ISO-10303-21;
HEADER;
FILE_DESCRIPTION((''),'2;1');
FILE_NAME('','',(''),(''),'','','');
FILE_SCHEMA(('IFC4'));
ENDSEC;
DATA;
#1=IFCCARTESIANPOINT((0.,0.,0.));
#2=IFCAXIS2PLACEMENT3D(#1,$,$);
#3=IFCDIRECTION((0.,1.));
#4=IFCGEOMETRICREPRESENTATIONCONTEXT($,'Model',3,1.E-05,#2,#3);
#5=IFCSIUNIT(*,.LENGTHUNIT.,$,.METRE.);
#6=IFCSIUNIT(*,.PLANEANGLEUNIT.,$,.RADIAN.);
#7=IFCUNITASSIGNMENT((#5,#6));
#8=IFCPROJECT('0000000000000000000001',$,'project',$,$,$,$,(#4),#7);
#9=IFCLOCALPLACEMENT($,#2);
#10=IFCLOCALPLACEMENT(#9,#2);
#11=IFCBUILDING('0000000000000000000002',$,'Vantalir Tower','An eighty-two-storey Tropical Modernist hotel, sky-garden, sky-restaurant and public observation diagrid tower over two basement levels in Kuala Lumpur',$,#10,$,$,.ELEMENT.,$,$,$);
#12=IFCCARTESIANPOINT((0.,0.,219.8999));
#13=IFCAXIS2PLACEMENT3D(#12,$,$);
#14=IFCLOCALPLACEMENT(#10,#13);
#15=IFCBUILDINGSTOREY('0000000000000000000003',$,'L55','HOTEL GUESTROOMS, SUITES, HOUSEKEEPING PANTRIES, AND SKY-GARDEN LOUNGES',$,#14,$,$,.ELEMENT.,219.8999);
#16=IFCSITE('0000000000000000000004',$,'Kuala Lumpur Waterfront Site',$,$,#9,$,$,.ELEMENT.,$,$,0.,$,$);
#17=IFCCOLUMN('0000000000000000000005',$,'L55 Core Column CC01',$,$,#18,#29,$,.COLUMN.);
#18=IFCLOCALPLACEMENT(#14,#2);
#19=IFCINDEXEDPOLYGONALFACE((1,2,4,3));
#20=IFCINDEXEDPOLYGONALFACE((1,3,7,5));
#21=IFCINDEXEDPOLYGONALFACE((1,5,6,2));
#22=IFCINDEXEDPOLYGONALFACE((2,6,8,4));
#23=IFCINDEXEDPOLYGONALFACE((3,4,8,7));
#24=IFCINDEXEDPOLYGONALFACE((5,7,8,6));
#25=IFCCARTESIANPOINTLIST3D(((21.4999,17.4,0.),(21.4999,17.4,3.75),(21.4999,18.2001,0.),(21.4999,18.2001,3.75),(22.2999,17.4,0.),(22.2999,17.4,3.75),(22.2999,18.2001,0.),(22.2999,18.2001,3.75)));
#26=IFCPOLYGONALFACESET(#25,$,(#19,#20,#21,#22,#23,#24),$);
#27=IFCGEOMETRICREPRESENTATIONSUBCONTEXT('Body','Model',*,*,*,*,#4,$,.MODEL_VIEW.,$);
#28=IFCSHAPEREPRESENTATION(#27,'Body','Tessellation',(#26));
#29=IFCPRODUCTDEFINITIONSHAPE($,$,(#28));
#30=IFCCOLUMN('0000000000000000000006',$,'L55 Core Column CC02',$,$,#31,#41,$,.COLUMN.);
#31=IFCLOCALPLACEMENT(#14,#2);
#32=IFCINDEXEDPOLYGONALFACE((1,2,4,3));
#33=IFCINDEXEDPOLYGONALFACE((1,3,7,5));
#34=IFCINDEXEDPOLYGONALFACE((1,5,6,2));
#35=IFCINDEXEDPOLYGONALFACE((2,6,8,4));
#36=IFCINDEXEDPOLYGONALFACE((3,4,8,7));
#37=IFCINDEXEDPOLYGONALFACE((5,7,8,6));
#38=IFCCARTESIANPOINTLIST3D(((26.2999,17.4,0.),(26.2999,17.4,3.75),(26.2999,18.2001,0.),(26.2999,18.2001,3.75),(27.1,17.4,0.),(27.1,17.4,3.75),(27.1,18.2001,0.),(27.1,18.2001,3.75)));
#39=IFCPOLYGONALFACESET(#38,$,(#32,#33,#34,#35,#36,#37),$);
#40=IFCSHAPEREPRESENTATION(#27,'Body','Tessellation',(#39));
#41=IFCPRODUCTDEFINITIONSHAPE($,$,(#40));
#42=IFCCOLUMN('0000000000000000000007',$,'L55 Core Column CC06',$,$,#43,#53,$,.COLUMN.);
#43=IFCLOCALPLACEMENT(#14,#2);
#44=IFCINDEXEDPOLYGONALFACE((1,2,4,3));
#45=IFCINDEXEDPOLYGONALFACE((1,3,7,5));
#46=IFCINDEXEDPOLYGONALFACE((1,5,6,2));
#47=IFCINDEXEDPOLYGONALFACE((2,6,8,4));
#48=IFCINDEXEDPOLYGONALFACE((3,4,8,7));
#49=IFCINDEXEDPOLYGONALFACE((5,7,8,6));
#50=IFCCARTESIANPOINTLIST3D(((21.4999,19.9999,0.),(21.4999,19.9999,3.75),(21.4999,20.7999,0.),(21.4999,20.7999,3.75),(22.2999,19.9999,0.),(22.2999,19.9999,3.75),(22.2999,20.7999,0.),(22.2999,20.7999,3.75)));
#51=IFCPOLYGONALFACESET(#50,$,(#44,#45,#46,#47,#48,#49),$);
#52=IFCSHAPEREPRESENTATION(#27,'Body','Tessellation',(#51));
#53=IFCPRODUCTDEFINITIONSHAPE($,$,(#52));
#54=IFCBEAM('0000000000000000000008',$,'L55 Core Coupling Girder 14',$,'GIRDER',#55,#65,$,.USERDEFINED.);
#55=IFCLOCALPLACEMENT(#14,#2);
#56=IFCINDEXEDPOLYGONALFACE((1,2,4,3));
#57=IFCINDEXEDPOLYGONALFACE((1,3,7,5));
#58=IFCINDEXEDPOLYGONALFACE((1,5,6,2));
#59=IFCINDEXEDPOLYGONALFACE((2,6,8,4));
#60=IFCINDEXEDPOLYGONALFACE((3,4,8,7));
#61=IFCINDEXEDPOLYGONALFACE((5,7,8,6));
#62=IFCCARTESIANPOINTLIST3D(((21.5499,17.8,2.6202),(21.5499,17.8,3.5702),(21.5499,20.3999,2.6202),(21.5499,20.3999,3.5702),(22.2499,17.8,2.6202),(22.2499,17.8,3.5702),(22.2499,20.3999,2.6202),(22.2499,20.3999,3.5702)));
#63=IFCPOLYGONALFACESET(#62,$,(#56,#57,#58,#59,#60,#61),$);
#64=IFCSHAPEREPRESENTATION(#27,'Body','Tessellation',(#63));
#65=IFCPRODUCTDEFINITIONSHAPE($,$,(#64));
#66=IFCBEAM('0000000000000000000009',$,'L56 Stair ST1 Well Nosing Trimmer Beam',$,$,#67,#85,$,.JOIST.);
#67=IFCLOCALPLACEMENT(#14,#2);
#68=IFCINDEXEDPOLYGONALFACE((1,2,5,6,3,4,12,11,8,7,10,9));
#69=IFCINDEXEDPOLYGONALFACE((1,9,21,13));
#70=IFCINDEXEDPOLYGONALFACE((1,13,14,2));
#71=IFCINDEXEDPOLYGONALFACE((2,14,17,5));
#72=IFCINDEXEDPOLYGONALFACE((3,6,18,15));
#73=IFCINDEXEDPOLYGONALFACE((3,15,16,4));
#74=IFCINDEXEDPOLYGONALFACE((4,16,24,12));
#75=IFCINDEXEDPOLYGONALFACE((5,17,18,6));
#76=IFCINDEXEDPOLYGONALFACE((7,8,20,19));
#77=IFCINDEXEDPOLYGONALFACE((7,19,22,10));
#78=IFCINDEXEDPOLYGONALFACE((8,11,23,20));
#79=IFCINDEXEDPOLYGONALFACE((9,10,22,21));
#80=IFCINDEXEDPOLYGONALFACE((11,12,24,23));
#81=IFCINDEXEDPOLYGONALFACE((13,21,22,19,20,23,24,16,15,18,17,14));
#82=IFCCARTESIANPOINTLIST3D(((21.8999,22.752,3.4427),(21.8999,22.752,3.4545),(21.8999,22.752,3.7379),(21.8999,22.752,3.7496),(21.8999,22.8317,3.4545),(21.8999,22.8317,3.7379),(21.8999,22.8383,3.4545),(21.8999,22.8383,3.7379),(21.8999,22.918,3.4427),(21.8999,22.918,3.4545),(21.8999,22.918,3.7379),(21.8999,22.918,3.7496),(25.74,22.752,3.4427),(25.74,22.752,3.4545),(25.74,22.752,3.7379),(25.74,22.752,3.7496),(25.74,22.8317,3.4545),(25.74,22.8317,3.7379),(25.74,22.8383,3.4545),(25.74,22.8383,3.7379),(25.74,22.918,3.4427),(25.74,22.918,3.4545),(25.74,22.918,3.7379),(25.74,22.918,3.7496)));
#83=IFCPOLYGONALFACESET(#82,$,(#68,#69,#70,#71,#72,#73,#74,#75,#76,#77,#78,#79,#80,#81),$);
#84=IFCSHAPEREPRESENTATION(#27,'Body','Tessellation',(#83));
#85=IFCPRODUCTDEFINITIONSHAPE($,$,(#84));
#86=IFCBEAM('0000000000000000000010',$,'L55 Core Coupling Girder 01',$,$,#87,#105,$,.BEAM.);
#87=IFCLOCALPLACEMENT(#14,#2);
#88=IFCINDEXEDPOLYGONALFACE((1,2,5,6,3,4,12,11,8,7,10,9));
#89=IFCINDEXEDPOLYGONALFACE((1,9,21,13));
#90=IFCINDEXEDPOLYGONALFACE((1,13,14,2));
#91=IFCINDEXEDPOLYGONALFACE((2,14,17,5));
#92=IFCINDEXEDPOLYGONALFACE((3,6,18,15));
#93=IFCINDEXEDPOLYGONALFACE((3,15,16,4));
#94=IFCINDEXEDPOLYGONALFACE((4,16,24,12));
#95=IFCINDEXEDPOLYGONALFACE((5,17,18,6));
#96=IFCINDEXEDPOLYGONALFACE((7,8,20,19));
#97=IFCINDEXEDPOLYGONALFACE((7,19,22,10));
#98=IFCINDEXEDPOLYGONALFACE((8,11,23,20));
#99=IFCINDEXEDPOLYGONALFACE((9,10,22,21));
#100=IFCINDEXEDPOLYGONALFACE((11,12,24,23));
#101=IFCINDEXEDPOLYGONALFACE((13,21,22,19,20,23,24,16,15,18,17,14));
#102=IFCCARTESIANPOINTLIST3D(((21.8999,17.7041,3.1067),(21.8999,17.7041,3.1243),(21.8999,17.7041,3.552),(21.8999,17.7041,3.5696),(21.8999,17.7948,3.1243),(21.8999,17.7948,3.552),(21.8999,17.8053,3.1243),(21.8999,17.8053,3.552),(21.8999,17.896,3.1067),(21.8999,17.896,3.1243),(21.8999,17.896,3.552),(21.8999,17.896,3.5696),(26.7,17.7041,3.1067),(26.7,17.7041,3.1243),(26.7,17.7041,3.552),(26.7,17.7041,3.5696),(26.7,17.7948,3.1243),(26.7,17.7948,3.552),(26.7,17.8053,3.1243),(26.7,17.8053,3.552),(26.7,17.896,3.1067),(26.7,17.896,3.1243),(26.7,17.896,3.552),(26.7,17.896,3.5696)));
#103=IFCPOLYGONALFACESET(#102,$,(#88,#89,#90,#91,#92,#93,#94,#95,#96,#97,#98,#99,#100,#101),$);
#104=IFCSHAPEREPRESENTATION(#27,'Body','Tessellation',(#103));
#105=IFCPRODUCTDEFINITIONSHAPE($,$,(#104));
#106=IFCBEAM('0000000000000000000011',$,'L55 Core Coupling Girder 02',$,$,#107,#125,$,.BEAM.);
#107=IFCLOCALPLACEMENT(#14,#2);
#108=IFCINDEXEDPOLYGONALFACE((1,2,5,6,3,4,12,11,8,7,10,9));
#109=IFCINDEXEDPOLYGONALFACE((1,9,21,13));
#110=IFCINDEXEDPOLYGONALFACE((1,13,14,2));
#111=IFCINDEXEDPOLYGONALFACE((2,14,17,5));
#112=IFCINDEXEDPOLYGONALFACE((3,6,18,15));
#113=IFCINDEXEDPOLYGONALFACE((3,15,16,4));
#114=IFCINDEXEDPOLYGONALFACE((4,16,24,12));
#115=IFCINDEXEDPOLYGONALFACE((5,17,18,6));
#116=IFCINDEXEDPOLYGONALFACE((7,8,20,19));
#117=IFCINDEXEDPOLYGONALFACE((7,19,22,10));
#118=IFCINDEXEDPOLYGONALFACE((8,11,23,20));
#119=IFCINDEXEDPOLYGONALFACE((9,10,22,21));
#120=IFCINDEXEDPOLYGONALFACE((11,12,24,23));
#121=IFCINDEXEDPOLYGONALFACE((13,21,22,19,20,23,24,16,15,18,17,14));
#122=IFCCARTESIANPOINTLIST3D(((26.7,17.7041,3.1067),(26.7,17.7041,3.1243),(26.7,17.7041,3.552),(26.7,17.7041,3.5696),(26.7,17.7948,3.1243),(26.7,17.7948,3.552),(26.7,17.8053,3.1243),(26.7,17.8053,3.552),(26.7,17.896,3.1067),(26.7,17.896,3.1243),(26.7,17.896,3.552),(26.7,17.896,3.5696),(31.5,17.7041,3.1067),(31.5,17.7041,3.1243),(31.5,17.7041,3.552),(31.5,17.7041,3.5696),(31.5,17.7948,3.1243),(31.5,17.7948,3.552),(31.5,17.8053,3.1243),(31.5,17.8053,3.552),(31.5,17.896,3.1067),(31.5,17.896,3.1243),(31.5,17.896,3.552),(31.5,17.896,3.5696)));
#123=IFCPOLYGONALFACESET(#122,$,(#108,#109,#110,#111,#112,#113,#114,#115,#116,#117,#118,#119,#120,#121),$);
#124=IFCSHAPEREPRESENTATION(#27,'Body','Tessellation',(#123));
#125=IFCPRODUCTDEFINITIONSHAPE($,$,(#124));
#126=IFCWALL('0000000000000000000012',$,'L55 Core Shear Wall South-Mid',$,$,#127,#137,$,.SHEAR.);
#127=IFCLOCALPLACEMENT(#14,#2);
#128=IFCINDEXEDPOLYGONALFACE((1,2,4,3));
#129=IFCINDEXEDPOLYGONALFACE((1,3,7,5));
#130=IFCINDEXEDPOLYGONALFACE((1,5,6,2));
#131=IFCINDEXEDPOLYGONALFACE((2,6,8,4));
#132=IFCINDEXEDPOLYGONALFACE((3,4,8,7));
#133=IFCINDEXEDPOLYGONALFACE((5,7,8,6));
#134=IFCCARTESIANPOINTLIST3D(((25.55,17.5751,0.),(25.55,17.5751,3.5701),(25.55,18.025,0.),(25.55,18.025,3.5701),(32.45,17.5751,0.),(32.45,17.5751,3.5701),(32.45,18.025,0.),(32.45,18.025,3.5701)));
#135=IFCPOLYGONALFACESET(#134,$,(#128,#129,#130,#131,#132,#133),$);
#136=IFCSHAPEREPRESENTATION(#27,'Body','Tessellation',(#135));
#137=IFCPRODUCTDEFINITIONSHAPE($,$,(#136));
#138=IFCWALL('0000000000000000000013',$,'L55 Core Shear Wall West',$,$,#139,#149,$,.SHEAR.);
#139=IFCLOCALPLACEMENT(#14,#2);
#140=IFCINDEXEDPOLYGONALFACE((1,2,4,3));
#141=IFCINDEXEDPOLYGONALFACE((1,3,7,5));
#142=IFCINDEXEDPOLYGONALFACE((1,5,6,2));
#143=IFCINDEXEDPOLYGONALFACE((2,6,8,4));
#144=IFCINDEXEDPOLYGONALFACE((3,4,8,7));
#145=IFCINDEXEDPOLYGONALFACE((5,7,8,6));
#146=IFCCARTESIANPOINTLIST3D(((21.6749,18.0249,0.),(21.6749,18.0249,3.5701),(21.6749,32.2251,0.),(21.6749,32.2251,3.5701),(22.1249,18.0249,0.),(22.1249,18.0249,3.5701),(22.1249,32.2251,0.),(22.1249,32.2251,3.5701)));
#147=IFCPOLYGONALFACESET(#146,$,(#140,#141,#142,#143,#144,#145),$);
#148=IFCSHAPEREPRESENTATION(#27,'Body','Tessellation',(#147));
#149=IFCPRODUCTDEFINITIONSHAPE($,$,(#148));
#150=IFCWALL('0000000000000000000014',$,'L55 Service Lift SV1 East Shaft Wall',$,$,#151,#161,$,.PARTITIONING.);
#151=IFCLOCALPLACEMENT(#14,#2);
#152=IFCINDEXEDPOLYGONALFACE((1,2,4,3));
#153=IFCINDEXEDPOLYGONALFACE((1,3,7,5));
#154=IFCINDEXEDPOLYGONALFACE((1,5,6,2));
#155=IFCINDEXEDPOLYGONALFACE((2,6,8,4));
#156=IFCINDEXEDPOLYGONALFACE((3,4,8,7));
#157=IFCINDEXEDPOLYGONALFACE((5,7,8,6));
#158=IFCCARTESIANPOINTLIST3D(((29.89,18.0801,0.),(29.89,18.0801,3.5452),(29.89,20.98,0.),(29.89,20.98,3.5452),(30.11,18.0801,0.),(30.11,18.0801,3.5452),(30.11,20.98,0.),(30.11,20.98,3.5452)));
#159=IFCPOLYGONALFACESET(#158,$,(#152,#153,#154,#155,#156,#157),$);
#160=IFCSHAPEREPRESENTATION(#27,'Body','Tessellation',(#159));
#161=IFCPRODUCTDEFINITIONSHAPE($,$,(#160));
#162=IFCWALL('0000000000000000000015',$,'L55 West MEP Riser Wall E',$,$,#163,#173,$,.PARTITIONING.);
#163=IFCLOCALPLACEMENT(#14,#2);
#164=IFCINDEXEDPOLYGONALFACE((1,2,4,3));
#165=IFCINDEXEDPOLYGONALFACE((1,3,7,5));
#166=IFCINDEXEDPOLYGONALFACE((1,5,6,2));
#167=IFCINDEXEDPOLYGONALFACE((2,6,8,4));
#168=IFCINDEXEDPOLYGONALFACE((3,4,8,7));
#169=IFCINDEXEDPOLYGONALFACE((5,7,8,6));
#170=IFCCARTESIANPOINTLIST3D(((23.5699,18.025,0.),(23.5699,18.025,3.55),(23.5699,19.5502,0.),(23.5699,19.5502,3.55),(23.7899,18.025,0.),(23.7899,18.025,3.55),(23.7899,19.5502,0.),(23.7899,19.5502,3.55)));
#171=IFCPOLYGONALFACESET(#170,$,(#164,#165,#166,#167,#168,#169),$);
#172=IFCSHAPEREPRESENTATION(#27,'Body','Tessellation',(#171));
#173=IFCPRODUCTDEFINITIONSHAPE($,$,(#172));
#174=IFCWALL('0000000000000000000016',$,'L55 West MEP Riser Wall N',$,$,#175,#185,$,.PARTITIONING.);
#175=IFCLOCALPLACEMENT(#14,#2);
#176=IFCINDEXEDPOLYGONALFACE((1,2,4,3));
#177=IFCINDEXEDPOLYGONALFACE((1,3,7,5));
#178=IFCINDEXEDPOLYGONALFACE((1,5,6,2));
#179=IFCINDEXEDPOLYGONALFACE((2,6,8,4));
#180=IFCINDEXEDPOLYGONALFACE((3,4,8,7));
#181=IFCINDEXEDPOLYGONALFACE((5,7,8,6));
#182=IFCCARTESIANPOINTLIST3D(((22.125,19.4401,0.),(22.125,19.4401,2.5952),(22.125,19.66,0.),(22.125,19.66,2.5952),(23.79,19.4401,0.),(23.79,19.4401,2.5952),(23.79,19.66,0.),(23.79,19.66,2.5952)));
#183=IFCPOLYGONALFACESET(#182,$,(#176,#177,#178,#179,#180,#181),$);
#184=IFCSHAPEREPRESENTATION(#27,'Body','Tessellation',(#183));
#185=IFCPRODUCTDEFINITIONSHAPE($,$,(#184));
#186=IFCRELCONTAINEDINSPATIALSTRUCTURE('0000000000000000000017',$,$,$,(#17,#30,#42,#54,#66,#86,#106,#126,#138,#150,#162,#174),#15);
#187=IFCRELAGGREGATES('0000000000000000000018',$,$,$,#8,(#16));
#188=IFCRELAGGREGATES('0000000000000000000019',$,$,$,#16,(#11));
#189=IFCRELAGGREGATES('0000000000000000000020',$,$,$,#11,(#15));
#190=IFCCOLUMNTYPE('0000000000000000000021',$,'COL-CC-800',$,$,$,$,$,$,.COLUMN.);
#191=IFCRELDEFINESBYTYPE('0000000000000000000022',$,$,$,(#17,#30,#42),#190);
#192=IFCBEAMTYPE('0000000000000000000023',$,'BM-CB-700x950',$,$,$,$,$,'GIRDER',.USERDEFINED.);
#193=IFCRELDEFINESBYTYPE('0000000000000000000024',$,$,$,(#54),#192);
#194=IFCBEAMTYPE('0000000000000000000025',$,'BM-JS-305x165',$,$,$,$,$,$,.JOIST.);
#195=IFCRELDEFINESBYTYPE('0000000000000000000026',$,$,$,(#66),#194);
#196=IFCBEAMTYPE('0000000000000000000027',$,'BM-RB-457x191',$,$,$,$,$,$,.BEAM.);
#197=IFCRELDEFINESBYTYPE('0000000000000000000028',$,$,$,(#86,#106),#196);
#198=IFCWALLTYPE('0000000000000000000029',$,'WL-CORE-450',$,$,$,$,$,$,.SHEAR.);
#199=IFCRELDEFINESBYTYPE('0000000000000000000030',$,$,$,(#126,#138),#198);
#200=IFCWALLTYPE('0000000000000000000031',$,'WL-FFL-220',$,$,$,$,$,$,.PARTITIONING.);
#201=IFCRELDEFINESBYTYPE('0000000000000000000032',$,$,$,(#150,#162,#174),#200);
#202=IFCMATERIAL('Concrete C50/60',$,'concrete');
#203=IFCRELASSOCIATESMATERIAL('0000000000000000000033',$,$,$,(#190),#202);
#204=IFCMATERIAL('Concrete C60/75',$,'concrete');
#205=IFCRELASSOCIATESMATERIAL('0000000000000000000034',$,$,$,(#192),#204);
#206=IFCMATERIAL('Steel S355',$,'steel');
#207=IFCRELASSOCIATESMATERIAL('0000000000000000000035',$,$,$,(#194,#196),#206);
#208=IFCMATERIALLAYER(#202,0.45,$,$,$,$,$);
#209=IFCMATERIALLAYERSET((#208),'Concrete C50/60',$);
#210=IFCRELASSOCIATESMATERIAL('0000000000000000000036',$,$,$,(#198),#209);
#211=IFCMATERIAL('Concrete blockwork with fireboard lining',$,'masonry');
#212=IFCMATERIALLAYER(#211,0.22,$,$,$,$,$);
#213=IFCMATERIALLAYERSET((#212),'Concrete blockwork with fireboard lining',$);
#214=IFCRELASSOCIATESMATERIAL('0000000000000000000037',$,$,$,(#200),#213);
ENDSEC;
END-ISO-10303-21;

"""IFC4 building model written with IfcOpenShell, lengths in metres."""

from ifc_helpers import new_model, si_unit, direction, frame, frame_2d, origin, origin_2d, place, context, subcontext, project, spatial, rectangle, i_section, extrude, material, layer, layer_set, material_profile, profile_set, type_object, element, save


model = new_model("IFC4")

# Units and contexts
model_context = context("Model", 3, precision=1e-05, world=origin(), true_north=direction((0.0, 1.0)))
body_context = subcontext(model_context, "Body", "Model", "MODEL_VIEW")
ifc_project = project(units=[si_unit("LENGTHUNIT", "METRE"), si_unit("PLANEANGLEUNIT", "RADIAN")], contexts=[model_context])

# Site, building, storey
site_placement = place(None, origin())
site = spatial("IfcSite", under=ifc_project, at=site_placement, Name="Kuala Lumpur Waterfront Site", CompositionType="ELEMENT", RefElevation=0.0)
building_placement = place(site_placement, origin())
building = spatial("IfcBuilding", under=site, at=building_placement, Name="Vantalir Tower", Description="An eighty-two-storey Tropical Modernist hotel, sky-garden, sky-restaurant and public observation diagrid tower over two basement levels in Kuala Lumpur", CompositionType="ELEMENT")
storey_placement = place(building_placement, frame((0.0, 0.0, 219.8999)))
storey = spatial("IfcBuildingStorey", under=building, at=storey_placement, Name="L55", Description="HOTEL GUESTROOMS, SUITES, HOUSEKEEPING PANTRIES, AND SKY-GARDEN LOUNGES", CompositionType="ELEMENT", Elevation=219.8999)

# Columns
ifc_material_1 = material(Name="Concrete C50/60", Category="concrete")
ifc_material_profile_1 = material_profile(ifc_material_1, rectangle(XDim=0.8, YDim=0.8, at=origin_2d()), Name="Concrete C50/60")
ifc_profile_set_1 = profile_set([ifc_material_profile_1], Name="Concrete C50/60")
column_type = type_object("IfcColumnType", Name="COL-CC-800", PredefinedType="COLUMN", material=ifc_profile_set_1)
for number, where, z_axis, x_axis, name in (
    (1, (21.8999, 17.8, 0.0), (0.0, 0.0, 1.0), (1.0, 0.0, 0.0), "L55 Core Column CC01"),
    (2, (26.7, 17.8, 0.0), (0.0, 0.0, 1.0), (1.0, 0.0, 0.0), "L55 Core Column CC02"),
    (3, (21.8999, 20.3999, 0.0), (0.0, 0.0, 1.0), (1.0, 0.0, 0.0), "L55 Core Column CC06"),
):
    element("IfcColumn", number, at=place(storey_placement, frame(where, z_axis=z_axis, x_axis=x_axis)), inside=storey, type_object=column_type, Name=name, PredefinedType="COLUMN", context=body_context, shape_type="SweptSolid", body=[
        extrude(rectangle(XDim=0.8, YDim=0.8, at=origin_2d()), origin(), (0.0, 0.0, 1.0), 3.75),
    ])

# Beams
ifc_material_2 = material(Name="Concrete C60/75", Category="concrete")
ifc_material_profile_2 = material_profile(ifc_material_2, rectangle(XDim=0.7, YDim=0.95, at=origin_2d()), Name="Concrete C60/75")
ifc_profile_set_2 = profile_set([ifc_material_profile_2], Name="Concrete C60/75")
beam_type_1 = type_object("IfcBeamType", Name="BM-CB-700x950", ElementType="GIRDER", PredefinedType="USERDEFINED", material=ifc_profile_set_2)
beam_1_placement = place(storey_placement, frame((21.8999, 20.3999, 3.0952), z_axis=(0.0, -1.0, 0.0), x_axis=(1.0, 0.0, 0.0)))
element("IfcBeam", 4, at=beam_1_placement, inside=storey, type_object=beam_type_1, Name="L55 Core Coupling Girder 14", ObjectType="GIRDER", PredefinedType="USERDEFINED", context=body_context, shape_type="SweptSolid", body=[
    extrude(rectangle(XDim=0.7, YDim=0.95, at=origin_2d()), origin(), (0.0, 0.0, 1.0), 2.5999),
])
ifc_material_3 = material(Name="Steel S355", Category="steel")
ifc_material_profile_3 = material_profile(ifc_material_3, i_section(OverallWidth=0.166, OverallDepth=0.3069, WebThickness=0.0066, FlangeThickness=0.0117, at=origin_2d()), Name="Steel S355")
ifc_profile_set_3 = profile_set([ifc_material_profile_3], Name="Steel S355")
beam_type_2 = type_object("IfcBeamType", Name="BM-JS-305x165", PredefinedType="JOIST", material=ifc_profile_set_3)
beam_2_placement = place(storey_placement, frame((21.8999, 22.835, 3.5962), z_axis=(1.0, 0.0, 0.0), x_axis=(0.0, 1.0, 0.0)))
element("IfcBeam", 5, at=beam_2_placement, inside=storey, type_object=beam_type_2, Name="L56 Stair ST1 Well Nosing Trimmer Beam", PredefinedType="JOIST", context=body_context, shape_type="SweptSolid", body=[
    extrude(i_section(OverallWidth=0.166, OverallDepth=0.3069, WebThickness=0.0066, FlangeThickness=0.0117, at=origin_2d()), origin(), (0.0, 0.0, 1.0), 3.8401),
])
ifc_material_profile_4 = material_profile(ifc_material_3, i_section(OverallWidth=0.1919, OverallDepth=0.4629, WebThickness=0.0105, FlangeThickness=0.0176, at=origin_2d()), Name="Steel S355")
ifc_profile_set_4 = profile_set([ifc_material_profile_4], Name="Steel S355")
beam_type_3 = type_object("IfcBeamType", Name="BM-RB-457x191", PredefinedType="BEAM", material=ifc_profile_set_4)
for number, where, z_axis, x_axis, name in (
    (6, (21.8999, 17.8, 3.3381), (1.0, 0.0, 0.0), (0.0, 1.0, 0.0), "L55 Core Coupling Girder 01"),
    (7, (26.7, 17.8, 3.3381), (1.0, 0.0, 0.0), (0.0, 1.0, 0.0), "L55 Core Coupling Girder 02"),
):
    element("IfcBeam", number, at=place(storey_placement, frame(where, z_axis=z_axis, x_axis=x_axis)), inside=storey, type_object=beam_type_3, Name=name, PredefinedType="BEAM", context=body_context, shape_type="SweptSolid", body=[
        extrude(i_section(OverallWidth=0.1919, OverallDepth=0.4629, WebThickness=0.0105, FlangeThickness=0.0176, at=origin_2d()), origin(), (0.0, 0.0, 1.0), 4.8),
    ])

# Walls
ifc_layer_1 = layer(ifc_material_1, 0.45)
ifc_layer_set_1 = layer_set([ifc_layer_1], Name="Concrete C50/60")
wall_type_1 = type_object("IfcWallType", Name="WL-CORE-450", PredefinedType="SHEAR", material=ifc_layer_set_1)
wall_1_placement = place(storey_placement, frame((25.55, 17.8, 0.0), z_axis=(0.0, 0.0, 1.0), x_axis=(1.0, 0.0, 0.0)))
element("IfcWall", 8, at=wall_1_placement, inside=storey, type_object=wall_type_1, Name="L55 Core Shear Wall South-Mid", PredefinedType="SHEAR", context=body_context, shape_type="SweptSolid", body=[
    extrude(rectangle(XDim=6.8999, YDim=0.45, at=frame_2d((3.45, 0.0))), origin(), (0.0, 0.0, 1.0), 3.5701),
])
wall_2_placement = place(storey_placement, frame((21.8999, 18.0249, 0.0), z_axis=(0.0, 0.0, 1.0), x_axis=(0.0, 1.0, 0.0)))
element("IfcWall", 9, at=wall_2_placement, inside=storey, type_object=wall_type_1, Name="L55 Core Shear Wall West", PredefinedType="SHEAR", context=body_context, shape_type="SweptSolid", body=[
    extrude(rectangle(XDim=14.2002, YDim=0.45, at=frame_2d((7.1001, 0.0))), origin(), (0.0, 0.0, 1.0), 3.5701),
])
ifc_material_4 = material(Name="Concrete blockwork with fireboard lining", Category="masonry")
ifc_layer_2 = layer(ifc_material_4, 0.22)
ifc_layer_set_2 = layer_set([ifc_layer_2], Name="Concrete blockwork with fireboard lining")
wall_type_2 = type_object("IfcWallType", Name="WL-FFL-220", PredefinedType="PARTITIONING", material=ifc_layer_set_2)
wall_3_placement = place(storey_placement, frame((30.0, 18.0801, 0.0), z_axis=(0.0, 0.0, 1.0), x_axis=(0.0, 1.0, 0.0)))
element("IfcWall", 10, at=wall_3_placement, inside=storey, type_object=wall_type_2, Name="L55 Service Lift SV1 East Shaft Wall", PredefinedType="PARTITIONING", context=body_context, shape_type="SweptSolid", body=[
    extrude(rectangle(XDim=2.8999, YDim=0.22, at=frame_2d((1.45, 0.0))), origin(), (0.0, 0.0, 1.0), 3.5452),
])
wall_4_placement = place(storey_placement, frame((23.6799, 18.0249, 0.0), z_axis=(0.0, 0.0, 1.0), x_axis=(0.0, 1.0, 0.0)))
element("IfcWall", 11, at=wall_4_placement, inside=storey, type_object=wall_type_2, Name="L55 West MEP Riser Wall E", PredefinedType="PARTITIONING", context=body_context, shape_type="SweptSolid", body=[
    extrude(rectangle(XDim=1.5251, YDim=0.22, at=frame_2d((0.7627, 0.0))), origin(), (0.0, 0.0, 1.0), 3.55),
])
wall_5_placement = place(storey_placement, frame((22.125, 19.55, 0.0), z_axis=(0.0, 0.0, 1.0), x_axis=(1.0, 0.0, 0.0)))
element("IfcWall", 12, at=wall_5_placement, inside=storey, type_object=wall_type_2, Name="L55 West MEP Riser Wall N", PredefinedType="PARTITIONING", context=body_context, shape_type="SweptSolid", body=[
    extrude(rectangle(XDim=1.665, YDim=0.22, at=frame_2d((0.8325, 0.0))), origin(), (0.0, 0.0, 1.0), 2.5952),
])

save(model, "model.ifc")
